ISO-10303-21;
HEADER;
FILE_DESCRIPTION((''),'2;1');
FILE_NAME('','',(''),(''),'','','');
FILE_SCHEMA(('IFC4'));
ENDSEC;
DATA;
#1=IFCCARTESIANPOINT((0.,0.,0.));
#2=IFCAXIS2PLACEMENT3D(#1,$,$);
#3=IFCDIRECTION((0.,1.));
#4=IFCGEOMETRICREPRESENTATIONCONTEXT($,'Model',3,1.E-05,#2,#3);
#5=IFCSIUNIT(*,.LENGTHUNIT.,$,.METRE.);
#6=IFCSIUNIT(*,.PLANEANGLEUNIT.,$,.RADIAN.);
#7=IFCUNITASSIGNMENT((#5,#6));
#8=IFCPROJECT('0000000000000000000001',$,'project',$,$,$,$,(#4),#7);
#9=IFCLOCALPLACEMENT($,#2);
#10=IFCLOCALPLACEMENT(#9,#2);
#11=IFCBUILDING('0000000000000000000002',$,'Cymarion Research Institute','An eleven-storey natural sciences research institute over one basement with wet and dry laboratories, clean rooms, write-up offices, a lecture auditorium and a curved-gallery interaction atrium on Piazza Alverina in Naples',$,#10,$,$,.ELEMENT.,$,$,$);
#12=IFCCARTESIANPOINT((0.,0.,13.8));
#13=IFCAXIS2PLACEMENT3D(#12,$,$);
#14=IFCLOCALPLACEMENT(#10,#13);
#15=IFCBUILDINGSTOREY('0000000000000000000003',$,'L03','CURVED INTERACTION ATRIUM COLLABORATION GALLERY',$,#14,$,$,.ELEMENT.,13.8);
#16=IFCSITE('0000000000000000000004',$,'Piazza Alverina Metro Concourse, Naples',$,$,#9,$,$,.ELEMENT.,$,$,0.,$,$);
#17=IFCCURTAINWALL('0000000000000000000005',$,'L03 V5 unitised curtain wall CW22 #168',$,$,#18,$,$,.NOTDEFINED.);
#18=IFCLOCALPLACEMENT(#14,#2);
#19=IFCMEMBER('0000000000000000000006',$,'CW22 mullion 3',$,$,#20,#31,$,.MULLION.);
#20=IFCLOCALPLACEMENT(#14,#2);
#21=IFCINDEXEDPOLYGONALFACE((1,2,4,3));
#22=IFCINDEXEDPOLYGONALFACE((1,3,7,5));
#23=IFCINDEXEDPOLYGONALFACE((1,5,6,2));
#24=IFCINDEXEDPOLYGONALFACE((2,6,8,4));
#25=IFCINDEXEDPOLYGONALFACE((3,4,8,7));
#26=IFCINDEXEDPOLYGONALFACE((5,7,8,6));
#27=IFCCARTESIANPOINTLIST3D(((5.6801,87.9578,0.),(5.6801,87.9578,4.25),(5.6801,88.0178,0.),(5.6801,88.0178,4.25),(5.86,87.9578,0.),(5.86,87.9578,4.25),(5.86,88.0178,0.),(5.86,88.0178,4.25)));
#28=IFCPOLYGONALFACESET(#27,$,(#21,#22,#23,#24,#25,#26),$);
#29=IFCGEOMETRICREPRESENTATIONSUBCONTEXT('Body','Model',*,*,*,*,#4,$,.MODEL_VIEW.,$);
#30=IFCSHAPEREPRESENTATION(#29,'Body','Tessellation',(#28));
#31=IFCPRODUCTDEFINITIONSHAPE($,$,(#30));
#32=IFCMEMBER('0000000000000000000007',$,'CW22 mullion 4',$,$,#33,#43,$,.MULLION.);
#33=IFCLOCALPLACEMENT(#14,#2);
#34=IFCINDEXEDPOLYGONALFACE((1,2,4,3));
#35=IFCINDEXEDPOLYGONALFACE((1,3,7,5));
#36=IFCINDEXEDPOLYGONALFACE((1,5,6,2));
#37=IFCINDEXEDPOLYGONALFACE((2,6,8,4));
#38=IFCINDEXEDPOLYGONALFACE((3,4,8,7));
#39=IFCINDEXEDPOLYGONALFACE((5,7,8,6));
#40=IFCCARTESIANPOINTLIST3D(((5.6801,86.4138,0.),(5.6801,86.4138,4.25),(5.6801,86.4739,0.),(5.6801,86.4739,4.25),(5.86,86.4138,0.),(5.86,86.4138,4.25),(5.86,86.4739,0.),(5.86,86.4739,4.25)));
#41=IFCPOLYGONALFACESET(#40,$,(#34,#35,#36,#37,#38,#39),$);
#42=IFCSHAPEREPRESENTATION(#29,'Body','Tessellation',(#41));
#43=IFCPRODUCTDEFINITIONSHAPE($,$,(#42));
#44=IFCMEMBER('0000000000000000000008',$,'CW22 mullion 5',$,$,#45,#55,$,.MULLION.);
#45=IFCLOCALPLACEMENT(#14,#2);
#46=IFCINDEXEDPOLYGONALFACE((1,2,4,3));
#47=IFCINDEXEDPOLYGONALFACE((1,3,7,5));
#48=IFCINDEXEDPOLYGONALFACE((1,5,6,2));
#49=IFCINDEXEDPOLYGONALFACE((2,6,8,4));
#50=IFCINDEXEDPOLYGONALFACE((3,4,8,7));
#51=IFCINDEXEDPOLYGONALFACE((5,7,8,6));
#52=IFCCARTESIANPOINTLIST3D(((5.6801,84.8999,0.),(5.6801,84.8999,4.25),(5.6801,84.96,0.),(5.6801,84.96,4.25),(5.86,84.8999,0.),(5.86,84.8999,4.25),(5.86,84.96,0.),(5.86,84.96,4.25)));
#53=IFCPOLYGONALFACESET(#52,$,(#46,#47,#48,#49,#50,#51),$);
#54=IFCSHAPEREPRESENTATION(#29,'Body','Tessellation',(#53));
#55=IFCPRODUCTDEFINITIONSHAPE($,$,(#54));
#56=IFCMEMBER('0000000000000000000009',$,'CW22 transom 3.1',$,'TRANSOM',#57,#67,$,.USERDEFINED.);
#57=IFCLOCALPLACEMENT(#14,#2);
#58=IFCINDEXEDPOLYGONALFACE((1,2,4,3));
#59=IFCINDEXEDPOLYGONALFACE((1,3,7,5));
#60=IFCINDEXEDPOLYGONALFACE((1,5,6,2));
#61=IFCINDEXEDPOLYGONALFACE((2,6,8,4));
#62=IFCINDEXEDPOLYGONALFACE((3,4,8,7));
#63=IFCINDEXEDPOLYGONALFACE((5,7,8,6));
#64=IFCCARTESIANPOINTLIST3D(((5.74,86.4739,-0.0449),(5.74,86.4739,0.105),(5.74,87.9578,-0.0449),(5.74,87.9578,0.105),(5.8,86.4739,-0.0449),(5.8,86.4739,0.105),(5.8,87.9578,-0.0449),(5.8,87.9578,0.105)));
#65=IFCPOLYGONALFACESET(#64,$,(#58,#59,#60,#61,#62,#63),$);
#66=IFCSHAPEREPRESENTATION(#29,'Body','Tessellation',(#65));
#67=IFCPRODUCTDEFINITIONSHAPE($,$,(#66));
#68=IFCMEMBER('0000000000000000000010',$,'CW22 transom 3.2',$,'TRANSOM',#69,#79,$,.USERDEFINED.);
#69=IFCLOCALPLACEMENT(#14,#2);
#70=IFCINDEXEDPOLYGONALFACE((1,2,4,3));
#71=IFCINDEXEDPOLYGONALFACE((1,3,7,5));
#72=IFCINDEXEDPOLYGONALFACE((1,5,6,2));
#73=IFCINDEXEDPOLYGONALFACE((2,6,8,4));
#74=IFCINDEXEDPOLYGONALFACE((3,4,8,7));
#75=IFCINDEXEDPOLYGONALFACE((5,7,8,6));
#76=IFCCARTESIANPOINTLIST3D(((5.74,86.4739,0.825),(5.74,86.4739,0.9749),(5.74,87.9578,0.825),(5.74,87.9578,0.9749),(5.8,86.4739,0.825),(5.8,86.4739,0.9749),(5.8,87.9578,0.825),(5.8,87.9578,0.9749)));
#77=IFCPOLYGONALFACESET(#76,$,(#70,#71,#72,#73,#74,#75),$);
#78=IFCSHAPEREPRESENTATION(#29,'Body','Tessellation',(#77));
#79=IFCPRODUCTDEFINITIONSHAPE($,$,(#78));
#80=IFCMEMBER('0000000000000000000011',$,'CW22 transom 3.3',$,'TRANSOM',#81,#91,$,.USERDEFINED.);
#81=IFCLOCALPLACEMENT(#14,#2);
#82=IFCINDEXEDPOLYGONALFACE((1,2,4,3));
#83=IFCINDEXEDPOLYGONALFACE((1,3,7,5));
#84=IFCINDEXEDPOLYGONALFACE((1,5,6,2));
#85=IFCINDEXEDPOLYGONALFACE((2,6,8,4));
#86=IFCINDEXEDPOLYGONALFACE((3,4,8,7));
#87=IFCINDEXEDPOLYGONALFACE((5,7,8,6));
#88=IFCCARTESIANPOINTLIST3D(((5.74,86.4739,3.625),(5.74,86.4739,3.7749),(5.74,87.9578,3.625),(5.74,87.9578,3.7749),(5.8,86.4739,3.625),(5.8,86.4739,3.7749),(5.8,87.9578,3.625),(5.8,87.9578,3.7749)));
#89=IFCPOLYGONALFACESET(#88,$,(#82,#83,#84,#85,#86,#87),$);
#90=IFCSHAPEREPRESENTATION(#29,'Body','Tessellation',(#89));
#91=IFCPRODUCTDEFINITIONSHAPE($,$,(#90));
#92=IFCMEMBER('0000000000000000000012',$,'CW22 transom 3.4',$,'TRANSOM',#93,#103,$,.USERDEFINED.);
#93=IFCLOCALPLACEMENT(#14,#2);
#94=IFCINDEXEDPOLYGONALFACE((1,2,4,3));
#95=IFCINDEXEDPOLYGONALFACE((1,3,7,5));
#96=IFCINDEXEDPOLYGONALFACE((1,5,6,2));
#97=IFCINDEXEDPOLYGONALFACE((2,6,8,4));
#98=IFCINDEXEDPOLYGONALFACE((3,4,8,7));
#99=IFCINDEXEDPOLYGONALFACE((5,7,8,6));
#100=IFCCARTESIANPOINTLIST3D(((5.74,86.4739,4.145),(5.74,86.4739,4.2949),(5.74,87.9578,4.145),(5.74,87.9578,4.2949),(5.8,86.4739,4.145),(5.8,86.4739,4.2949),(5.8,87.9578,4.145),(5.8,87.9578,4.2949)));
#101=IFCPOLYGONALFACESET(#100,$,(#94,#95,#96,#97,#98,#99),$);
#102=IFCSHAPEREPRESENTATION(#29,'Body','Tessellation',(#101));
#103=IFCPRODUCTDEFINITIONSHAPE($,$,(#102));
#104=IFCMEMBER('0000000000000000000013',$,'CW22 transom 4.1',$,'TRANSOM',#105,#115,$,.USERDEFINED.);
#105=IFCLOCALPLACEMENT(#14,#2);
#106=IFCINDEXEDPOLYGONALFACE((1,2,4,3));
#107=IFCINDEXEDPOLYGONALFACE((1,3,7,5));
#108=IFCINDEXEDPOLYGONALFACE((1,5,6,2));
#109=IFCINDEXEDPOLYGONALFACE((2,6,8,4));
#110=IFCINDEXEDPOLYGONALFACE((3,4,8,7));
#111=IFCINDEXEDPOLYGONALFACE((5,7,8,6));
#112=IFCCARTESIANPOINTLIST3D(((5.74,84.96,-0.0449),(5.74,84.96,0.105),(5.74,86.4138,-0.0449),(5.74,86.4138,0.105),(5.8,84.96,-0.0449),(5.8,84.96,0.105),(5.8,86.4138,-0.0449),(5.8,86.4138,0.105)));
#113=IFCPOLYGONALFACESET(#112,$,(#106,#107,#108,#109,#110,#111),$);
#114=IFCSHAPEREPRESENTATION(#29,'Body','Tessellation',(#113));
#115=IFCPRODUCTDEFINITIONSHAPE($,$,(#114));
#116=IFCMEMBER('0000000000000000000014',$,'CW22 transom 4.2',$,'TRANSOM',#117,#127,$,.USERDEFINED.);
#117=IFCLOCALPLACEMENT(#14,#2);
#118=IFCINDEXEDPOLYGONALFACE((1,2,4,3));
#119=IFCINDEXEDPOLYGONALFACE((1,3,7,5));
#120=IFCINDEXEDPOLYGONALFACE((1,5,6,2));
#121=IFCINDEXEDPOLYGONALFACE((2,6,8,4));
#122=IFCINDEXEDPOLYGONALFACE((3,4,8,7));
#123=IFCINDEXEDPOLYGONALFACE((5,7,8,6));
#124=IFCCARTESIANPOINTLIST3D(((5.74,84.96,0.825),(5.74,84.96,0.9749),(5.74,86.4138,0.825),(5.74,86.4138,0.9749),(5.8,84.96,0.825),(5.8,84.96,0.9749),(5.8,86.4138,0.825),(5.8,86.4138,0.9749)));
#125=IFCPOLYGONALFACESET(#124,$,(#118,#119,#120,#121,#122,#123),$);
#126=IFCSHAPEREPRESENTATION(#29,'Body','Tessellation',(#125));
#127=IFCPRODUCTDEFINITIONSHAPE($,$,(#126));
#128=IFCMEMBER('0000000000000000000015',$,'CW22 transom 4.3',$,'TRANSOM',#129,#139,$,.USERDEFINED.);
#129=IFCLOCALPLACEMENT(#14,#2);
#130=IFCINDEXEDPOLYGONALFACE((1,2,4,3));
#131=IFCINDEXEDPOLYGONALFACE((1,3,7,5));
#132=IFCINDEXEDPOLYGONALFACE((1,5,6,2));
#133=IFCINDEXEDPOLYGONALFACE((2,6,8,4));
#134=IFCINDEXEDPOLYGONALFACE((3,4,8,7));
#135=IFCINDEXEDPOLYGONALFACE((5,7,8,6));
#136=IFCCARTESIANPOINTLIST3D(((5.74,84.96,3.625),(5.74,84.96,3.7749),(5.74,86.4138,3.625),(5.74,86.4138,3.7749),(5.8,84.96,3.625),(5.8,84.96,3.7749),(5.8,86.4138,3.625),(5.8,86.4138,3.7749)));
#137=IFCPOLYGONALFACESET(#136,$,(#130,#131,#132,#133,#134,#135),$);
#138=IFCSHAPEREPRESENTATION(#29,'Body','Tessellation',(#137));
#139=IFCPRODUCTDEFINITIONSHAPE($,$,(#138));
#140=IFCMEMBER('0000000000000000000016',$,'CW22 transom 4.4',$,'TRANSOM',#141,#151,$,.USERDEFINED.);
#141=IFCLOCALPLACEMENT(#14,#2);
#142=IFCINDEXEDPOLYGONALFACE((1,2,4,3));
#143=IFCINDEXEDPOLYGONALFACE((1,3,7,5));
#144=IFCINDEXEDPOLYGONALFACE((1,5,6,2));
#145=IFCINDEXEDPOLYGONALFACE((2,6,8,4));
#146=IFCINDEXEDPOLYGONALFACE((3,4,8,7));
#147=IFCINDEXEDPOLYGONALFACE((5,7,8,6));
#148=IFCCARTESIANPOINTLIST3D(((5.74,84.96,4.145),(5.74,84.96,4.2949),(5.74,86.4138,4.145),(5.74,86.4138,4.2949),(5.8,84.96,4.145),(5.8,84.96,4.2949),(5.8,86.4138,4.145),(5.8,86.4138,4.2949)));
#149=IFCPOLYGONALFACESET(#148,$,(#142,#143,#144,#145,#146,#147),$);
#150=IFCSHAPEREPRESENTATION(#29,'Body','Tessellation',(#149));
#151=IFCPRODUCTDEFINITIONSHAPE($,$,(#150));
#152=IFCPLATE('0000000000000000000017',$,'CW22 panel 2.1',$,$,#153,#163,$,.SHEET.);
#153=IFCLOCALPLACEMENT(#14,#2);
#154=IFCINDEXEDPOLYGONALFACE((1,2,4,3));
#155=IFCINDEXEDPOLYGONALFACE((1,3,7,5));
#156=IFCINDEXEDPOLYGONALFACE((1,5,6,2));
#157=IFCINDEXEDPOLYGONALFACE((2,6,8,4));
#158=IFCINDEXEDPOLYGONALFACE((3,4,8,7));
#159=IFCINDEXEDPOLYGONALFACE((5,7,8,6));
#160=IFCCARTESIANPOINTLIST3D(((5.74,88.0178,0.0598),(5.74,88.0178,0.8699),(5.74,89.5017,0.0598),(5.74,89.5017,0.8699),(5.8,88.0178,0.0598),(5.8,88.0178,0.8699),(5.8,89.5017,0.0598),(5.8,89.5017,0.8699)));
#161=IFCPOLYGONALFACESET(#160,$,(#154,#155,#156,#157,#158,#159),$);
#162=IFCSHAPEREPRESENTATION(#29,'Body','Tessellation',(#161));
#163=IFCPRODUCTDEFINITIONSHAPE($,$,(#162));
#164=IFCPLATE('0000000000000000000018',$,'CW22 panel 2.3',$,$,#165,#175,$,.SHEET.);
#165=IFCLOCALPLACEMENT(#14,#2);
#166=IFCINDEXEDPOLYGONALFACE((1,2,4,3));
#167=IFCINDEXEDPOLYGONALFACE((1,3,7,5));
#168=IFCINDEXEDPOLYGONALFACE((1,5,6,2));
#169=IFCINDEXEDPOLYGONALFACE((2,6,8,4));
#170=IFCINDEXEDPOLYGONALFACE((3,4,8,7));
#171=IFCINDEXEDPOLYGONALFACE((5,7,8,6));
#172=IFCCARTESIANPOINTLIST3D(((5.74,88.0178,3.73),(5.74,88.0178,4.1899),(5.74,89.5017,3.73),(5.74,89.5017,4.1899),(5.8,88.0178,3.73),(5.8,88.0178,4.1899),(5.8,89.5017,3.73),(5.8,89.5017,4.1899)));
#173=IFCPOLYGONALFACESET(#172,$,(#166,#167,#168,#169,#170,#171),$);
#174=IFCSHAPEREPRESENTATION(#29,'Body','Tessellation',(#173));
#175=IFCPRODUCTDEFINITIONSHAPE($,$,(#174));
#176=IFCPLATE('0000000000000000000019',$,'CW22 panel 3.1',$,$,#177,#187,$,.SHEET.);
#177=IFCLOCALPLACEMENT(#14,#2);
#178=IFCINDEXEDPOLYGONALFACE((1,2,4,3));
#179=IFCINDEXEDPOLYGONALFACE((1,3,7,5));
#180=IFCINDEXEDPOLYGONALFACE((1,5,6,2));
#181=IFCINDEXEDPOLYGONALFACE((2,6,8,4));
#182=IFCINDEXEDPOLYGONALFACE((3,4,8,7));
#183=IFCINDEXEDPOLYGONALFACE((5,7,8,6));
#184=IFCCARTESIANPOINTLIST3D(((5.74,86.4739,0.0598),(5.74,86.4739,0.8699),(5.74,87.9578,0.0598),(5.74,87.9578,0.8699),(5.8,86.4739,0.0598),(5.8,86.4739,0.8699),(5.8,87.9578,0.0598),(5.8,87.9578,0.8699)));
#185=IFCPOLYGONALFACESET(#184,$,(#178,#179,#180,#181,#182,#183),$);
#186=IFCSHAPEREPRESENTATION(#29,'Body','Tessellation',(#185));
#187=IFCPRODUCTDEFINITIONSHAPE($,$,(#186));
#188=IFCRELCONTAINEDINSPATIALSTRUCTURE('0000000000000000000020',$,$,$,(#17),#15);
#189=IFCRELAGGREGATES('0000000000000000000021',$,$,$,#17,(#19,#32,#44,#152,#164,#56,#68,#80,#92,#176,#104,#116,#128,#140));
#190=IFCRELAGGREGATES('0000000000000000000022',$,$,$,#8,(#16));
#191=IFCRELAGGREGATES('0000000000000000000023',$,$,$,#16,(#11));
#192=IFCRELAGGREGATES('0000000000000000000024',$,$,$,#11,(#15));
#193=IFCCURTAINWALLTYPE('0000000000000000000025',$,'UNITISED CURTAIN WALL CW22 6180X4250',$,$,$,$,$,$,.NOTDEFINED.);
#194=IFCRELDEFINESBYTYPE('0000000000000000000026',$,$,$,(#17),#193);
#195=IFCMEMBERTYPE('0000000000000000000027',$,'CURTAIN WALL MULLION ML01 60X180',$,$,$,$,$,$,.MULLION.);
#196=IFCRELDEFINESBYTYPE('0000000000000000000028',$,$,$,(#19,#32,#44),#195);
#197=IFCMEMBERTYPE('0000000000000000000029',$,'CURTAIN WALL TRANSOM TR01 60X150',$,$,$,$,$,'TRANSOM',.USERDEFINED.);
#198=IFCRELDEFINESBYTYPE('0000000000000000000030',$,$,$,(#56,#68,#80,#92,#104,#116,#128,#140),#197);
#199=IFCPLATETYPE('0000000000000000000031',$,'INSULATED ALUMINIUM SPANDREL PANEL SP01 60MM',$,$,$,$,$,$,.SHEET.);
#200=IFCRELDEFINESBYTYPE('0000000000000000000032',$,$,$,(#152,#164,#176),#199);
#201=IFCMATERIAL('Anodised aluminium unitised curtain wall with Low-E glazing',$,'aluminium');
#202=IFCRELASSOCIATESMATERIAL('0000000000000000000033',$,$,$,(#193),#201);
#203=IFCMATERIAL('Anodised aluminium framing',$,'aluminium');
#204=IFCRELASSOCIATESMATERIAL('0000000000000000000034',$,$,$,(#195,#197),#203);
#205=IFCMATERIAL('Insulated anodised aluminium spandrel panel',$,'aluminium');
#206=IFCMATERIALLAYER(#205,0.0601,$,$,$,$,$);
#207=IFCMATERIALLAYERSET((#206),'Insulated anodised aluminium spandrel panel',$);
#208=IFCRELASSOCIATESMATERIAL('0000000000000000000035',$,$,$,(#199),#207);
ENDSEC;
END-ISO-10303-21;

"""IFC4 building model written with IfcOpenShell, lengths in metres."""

from ifc_helpers import new_model, si_unit, direction, frame, origin, origin_2d, place, context, subcontext, project, spatial, rectangle, extrude, material, layer, layer_set, material_profile, profile_set, type_object, element, aggregate, save


model = new_model("IFC4")

# Units and contexts
model_context = context("Model", 3, precision=1e-05, world=origin(), true_north=direction((0.0, 1.0)))
body_context = subcontext(model_context, "Body", "Model", "MODEL_VIEW")
ifc_project = project(units=[si_unit("LENGTHUNIT", "METRE"), si_unit("PLANEANGLEUNIT", "RADIAN")], contexts=[model_context])

# Site, building, storey
site_placement = place(None, origin())
site = spatial("IfcSite", under=ifc_project, at=site_placement, Name="Piazza Alverina Metro Concourse, Naples", CompositionType="ELEMENT", RefElevation=0.0)
building_placement = place(site_placement, origin())
building = spatial("IfcBuilding", under=site, at=building_placement, Name="Cymarion Research Institute", Description="An eleven-storey natural sciences research institute over one basement with wet and dry laboratories, clean rooms, write-up offices, a lecture auditorium and a curved-gallery interaction atrium on Piazza Alverina in Naples", CompositionType="ELEMENT")
storey_placement = place(building_placement, frame((0.0, 0.0, 13.8)))
storey = spatial("IfcBuildingStorey", under=building, at=storey_placement, Name="L03", Description="CURVED INTERACTION ATRIUM COLLABORATION GALLERY", CompositionType="ELEMENT", Elevation=13.8)

# Curtain wall, members, plates
ifc_material_1 = material(Name="Anodised aluminium unitised curtain wall with Low-E glazing", Category="aluminium")
curtain_wall_type = type_object("IfcCurtainWallType", Name="UNITISED CURTAIN WALL CW22 6180X4250", PredefinedType="NOTDEFINED", material=ifc_material_1)
curtain_wall_placement = place(storey_placement, origin())
curtain_wall = element("IfcCurtainWall", 1, at=curtain_wall_placement, inside=storey, type_object=curtain_wall_type, Name="L03 V5 unitised curtain wall CW22 #168", PredefinedType="NOTDEFINED")
ifc_material_2 = material(Name="Anodised aluminium framing", Category="aluminium")
ifc_material_profile_1 = material_profile(ifc_material_2, rectangle(XDim=0.0601, YDim=0.1799, at=origin_2d()), Name="ALU MULLION 60x180")
ifc_profile_set_1 = profile_set([ifc_material_profile_1], Name="Anodised aluminium framing")
member_type_1 = type_object("IfcMemberType", Name="CURTAIN WALL MULLION ML01 60X180", PredefinedType="MULLION", material=ifc_profile_set_1)
member_1_placement = place(storey_placement, frame((5.77, 87.9878, 0.0), z_axis=(0.0, 0.0, 1.0), x_axis=(0.0, -1.0, 0.0)))
member_1 = element("IfcMember", 2, at=member_1_placement, type_object=member_type_1, Name="CW22 mullion 3", PredefinedType="MULLION", context=body_context, shape_type="SweptSolid", body=[
    extrude(rectangle(XDim=0.0601, YDim=0.1799, at=origin_2d()), origin(), (0.0, 0.0, 1.0), 4.25),
])
member_2_placement = place(storey_placement, frame((5.77, 86.4438, 0.0), z_axis=(0.0, 0.0, 1.0), x_axis=(0.0, -1.0, 0.0)))
member_2 = element("IfcMember", 3, at=member_2_placement, type_object=member_type_1, Name="CW22 mullion 4", PredefinedType="MULLION", context=body_context, shape_type="SweptSolid", body=[
    extrude(rectangle(XDim=0.0601, YDim=0.1799, at=origin_2d()), origin(), (0.0, 0.0, 1.0), 4.25),
])
member_3_placement = place(storey_placement, frame((5.77, 84.9299, 0.0), z_axis=(0.0, 0.0, 1.0), x_axis=(0.0, -1.0, 0.0)))
member_3 = element("IfcMember", 4, at=member_3_placement, type_object=member_type_1, Name="CW22 mullion 5", PredefinedType="MULLION", context=body_context, shape_type="SweptSolid", body=[
    extrude(rectangle(XDim=0.0601, YDim=0.1799, at=origin_2d()), origin(), (0.0, 0.0, 1.0), 4.25),
])
ifc_material_profile_2 = material_profile(ifc_material_2, rectangle(XDim=0.0601, YDim=0.1499, at=origin_2d()), Name="ALU TRANSOM 60x150")
ifc_profile_set_2 = profile_set([ifc_material_profile_2], Name="Anodised aluminium framing")
member_type_2 = type_object("IfcMemberType", Name="CURTAIN WALL TRANSOM TR01 60X150", ElementType="TRANSOM", PredefinedType="USERDEFINED", material=ifc_profile_set_2)
member_4_placement = place(storey_placement, frame((5.77, 87.9578, 0.03), z_axis=(0.0, -1.0, 0.0), x_axis=(1.0, 0.0, 0.0)))
member_4 = element("IfcMember", 5, at=member_4_placement, type_object=member_type_2, Name="CW22 transom 3.1", ObjectType="TRANSOM", PredefinedType="USERDEFINED", context=body_context, shape_type="SweptSolid", body=[
    extrude(rectangle(XDim=0.0601, YDim=0.1499, at=origin_2d()), origin(), (0.0, 0.0, 1.0), 1.4839),
])
member_5_placement = place(storey_placement, frame((5.77, 87.9578, 0.8999), z_axis=(0.0, -1.0, 0.0), x_axis=(1.0, 0.0, 0.0)))
member_5 = element("IfcMember", 6, at=member_5_placement, type_object=member_type_2, Name="CW22 transom 3.2", ObjectType="TRANSOM", PredefinedType="USERDEFINED", context=body_context, shape_type="SweptSolid", body=[
    extrude(rectangle(XDim=0.0601, YDim=0.1499, at=origin_2d()), origin(), (0.0, 0.0, 1.0), 1.4839),
])
member_6_placement = place(storey_placement, frame((5.77, 87.9578, 3.7), z_axis=(0.0, -1.0, 0.0), x_axis=(1.0, 0.0, 0.0)))
member_6 = element("IfcMember", 7, at=member_6_placement, type_object=member_type_2, Name="CW22 transom 3.3", ObjectType="TRANSOM", PredefinedType="USERDEFINED", context=body_context, shape_type="SweptSolid", body=[
    extrude(rectangle(XDim=0.0601, YDim=0.1499, at=origin_2d()), origin(), (0.0, 0.0, 1.0), 1.4839),
])
member_7_placement = place(storey_placement, frame((5.77, 87.9578, 4.22), z_axis=(0.0, -1.0, 0.0), x_axis=(1.0, 0.0, 0.0)))
member_7 = element("IfcMember", 8, at=member_7_placement, type_object=member_type_2, Name="CW22 transom 3.4", ObjectType="TRANSOM", PredefinedType="USERDEFINED", context=body_context, shape_type="SweptSolid", body=[
    extrude(rectangle(XDim=0.0601, YDim=0.1499, at=origin_2d()), origin(), (0.0, 0.0, 1.0), 1.4839),
])
member_8_placement = place(storey_placement, frame((5.77, 86.4138, 0.03), z_axis=(0.0, -1.0, 0.0), x_axis=(1.0, 0.0, 0.0)))
member_8 = element("IfcMember", 9, at=member_8_placement, type_object=member_type_2, Name="CW22 transom 4.1", ObjectType="TRANSOM", PredefinedType="USERDEFINED", context=body_context, shape_type="SweptSolid", body=[
    extrude(rectangle(XDim=0.0601, YDim=0.1499, at=origin_2d()), origin(), (0.0, 0.0, 1.0), 1.4539),
])
member_9_placement = place(storey_placement, frame((5.77, 86.4138, 0.8999), z_axis=(0.0, -1.0, 0.0), x_axis=(1.0, 0.0, 0.0)))
member_9 = element("IfcMember", 10, at=member_9_placement, type_object=member_type_2, Name="CW22 transom 4.2", ObjectType="TRANSOM", PredefinedType="USERDEFINED", context=body_context, shape_type="SweptSolid", body=[
    extrude(rectangle(XDim=0.0601, YDim=0.1499, at=origin_2d()), origin(), (0.0, 0.0, 1.0), 1.4539),
])
member_10_placement = place(storey_placement, frame((5.77, 86.4138, 3.7), z_axis=(0.0, -1.0, 0.0), x_axis=(1.0, 0.0, 0.0)))
member_10 = element("IfcMember", 11, at=member_10_placement, type_object=member_type_2, Name="CW22 transom 4.3", ObjectType="TRANSOM", PredefinedType="USERDEFINED", context=body_context, shape_type="SweptSolid", body=[
    extrude(rectangle(XDim=0.0601, YDim=0.1499, at=origin_2d()), origin(), (0.0, 0.0, 1.0), 1.4539),
])
member_11_placement = place(storey_placement, frame((5.77, 86.4138, 4.22), z_axis=(0.0, -1.0, 0.0), x_axis=(1.0, 0.0, 0.0)))
member_11 = element("IfcMember", 12, at=member_11_placement, type_object=member_type_2, Name="CW22 transom 4.4", ObjectType="TRANSOM", PredefinedType="USERDEFINED", context=body_context, shape_type="SweptSolid", body=[
    extrude(rectangle(XDim=0.0601, YDim=0.1499, at=origin_2d()), origin(), (0.0, 0.0, 1.0), 1.4539),
])
ifc_material_3 = material(Name="Insulated anodised aluminium spandrel panel", Category="aluminium")
ifc_layer_1 = layer(ifc_material_3, 0.0601)
ifc_layer_set_1 = layer_set([ifc_layer_1], Name="Insulated anodised aluminium spandrel panel")
plate_type_1 = type_object("IfcPlateType", Name="INSULATED ALUMINIUM SPANDREL PANEL SP01 60MM", PredefinedType="SHEET", material=ifc_layer_set_1)
plate_1_placement = place(storey_placement, frame((5.77, 88.7598, 0.0598), z_axis=(0.0, 0.0, 1.0), x_axis=(0.0, -1.0, 0.0)))
plate_1 = element("IfcPlate", 13, at=plate_1_placement, type_object=plate_type_1, Name="CW22 panel 2.1", PredefinedType="SHEET", context=body_context, shape_type="SweptSolid", body=[
    extrude(rectangle(XDim=1.4839, YDim=0.0601, at=origin_2d()), origin(), (0.0, 0.0, 1.0), 0.8101),
])
plate_2_placement = place(storey_placement, frame((5.77, 88.7598, 3.73), z_axis=(0.0, 0.0, 1.0), x_axis=(0.0, -1.0, 0.0)))
plate_2 = element("IfcPlate", 14, at=plate_2_placement, type_object=plate_type_1, Name="CW22 panel 2.3", PredefinedType="SHEET", context=body_context, shape_type="SweptSolid", body=[
    extrude(rectangle(XDim=1.4839, YDim=0.0601, at=origin_2d()), origin(), (0.0, 0.0, 1.0), 0.46),
])
plate_3_placement = place(storey_placement, frame((5.77, 87.2158, 0.0598), z_axis=(0.0, 0.0, 1.0), x_axis=(0.0, -1.0, 0.0)))
plate_3 = element("IfcPlate", 15, at=plate_3_placement, type_object=plate_type_1, Name="CW22 panel 3.1", PredefinedType="SHEET", context=body_context, shape_type="SweptSolid", body=[
    extrude(rectangle(XDim=1.4839, YDim=0.0601, at=origin_2d()), origin(), (0.0, 0.0, 1.0), 0.8101),
])
aggregate(curtain_wall, [member_1, member_2, member_3, plate_1, plate_2, member_4, member_5, member_6, member_7, plate_3, member_8, member_9, member_10, member_11])

save(model, "model.ifc")
